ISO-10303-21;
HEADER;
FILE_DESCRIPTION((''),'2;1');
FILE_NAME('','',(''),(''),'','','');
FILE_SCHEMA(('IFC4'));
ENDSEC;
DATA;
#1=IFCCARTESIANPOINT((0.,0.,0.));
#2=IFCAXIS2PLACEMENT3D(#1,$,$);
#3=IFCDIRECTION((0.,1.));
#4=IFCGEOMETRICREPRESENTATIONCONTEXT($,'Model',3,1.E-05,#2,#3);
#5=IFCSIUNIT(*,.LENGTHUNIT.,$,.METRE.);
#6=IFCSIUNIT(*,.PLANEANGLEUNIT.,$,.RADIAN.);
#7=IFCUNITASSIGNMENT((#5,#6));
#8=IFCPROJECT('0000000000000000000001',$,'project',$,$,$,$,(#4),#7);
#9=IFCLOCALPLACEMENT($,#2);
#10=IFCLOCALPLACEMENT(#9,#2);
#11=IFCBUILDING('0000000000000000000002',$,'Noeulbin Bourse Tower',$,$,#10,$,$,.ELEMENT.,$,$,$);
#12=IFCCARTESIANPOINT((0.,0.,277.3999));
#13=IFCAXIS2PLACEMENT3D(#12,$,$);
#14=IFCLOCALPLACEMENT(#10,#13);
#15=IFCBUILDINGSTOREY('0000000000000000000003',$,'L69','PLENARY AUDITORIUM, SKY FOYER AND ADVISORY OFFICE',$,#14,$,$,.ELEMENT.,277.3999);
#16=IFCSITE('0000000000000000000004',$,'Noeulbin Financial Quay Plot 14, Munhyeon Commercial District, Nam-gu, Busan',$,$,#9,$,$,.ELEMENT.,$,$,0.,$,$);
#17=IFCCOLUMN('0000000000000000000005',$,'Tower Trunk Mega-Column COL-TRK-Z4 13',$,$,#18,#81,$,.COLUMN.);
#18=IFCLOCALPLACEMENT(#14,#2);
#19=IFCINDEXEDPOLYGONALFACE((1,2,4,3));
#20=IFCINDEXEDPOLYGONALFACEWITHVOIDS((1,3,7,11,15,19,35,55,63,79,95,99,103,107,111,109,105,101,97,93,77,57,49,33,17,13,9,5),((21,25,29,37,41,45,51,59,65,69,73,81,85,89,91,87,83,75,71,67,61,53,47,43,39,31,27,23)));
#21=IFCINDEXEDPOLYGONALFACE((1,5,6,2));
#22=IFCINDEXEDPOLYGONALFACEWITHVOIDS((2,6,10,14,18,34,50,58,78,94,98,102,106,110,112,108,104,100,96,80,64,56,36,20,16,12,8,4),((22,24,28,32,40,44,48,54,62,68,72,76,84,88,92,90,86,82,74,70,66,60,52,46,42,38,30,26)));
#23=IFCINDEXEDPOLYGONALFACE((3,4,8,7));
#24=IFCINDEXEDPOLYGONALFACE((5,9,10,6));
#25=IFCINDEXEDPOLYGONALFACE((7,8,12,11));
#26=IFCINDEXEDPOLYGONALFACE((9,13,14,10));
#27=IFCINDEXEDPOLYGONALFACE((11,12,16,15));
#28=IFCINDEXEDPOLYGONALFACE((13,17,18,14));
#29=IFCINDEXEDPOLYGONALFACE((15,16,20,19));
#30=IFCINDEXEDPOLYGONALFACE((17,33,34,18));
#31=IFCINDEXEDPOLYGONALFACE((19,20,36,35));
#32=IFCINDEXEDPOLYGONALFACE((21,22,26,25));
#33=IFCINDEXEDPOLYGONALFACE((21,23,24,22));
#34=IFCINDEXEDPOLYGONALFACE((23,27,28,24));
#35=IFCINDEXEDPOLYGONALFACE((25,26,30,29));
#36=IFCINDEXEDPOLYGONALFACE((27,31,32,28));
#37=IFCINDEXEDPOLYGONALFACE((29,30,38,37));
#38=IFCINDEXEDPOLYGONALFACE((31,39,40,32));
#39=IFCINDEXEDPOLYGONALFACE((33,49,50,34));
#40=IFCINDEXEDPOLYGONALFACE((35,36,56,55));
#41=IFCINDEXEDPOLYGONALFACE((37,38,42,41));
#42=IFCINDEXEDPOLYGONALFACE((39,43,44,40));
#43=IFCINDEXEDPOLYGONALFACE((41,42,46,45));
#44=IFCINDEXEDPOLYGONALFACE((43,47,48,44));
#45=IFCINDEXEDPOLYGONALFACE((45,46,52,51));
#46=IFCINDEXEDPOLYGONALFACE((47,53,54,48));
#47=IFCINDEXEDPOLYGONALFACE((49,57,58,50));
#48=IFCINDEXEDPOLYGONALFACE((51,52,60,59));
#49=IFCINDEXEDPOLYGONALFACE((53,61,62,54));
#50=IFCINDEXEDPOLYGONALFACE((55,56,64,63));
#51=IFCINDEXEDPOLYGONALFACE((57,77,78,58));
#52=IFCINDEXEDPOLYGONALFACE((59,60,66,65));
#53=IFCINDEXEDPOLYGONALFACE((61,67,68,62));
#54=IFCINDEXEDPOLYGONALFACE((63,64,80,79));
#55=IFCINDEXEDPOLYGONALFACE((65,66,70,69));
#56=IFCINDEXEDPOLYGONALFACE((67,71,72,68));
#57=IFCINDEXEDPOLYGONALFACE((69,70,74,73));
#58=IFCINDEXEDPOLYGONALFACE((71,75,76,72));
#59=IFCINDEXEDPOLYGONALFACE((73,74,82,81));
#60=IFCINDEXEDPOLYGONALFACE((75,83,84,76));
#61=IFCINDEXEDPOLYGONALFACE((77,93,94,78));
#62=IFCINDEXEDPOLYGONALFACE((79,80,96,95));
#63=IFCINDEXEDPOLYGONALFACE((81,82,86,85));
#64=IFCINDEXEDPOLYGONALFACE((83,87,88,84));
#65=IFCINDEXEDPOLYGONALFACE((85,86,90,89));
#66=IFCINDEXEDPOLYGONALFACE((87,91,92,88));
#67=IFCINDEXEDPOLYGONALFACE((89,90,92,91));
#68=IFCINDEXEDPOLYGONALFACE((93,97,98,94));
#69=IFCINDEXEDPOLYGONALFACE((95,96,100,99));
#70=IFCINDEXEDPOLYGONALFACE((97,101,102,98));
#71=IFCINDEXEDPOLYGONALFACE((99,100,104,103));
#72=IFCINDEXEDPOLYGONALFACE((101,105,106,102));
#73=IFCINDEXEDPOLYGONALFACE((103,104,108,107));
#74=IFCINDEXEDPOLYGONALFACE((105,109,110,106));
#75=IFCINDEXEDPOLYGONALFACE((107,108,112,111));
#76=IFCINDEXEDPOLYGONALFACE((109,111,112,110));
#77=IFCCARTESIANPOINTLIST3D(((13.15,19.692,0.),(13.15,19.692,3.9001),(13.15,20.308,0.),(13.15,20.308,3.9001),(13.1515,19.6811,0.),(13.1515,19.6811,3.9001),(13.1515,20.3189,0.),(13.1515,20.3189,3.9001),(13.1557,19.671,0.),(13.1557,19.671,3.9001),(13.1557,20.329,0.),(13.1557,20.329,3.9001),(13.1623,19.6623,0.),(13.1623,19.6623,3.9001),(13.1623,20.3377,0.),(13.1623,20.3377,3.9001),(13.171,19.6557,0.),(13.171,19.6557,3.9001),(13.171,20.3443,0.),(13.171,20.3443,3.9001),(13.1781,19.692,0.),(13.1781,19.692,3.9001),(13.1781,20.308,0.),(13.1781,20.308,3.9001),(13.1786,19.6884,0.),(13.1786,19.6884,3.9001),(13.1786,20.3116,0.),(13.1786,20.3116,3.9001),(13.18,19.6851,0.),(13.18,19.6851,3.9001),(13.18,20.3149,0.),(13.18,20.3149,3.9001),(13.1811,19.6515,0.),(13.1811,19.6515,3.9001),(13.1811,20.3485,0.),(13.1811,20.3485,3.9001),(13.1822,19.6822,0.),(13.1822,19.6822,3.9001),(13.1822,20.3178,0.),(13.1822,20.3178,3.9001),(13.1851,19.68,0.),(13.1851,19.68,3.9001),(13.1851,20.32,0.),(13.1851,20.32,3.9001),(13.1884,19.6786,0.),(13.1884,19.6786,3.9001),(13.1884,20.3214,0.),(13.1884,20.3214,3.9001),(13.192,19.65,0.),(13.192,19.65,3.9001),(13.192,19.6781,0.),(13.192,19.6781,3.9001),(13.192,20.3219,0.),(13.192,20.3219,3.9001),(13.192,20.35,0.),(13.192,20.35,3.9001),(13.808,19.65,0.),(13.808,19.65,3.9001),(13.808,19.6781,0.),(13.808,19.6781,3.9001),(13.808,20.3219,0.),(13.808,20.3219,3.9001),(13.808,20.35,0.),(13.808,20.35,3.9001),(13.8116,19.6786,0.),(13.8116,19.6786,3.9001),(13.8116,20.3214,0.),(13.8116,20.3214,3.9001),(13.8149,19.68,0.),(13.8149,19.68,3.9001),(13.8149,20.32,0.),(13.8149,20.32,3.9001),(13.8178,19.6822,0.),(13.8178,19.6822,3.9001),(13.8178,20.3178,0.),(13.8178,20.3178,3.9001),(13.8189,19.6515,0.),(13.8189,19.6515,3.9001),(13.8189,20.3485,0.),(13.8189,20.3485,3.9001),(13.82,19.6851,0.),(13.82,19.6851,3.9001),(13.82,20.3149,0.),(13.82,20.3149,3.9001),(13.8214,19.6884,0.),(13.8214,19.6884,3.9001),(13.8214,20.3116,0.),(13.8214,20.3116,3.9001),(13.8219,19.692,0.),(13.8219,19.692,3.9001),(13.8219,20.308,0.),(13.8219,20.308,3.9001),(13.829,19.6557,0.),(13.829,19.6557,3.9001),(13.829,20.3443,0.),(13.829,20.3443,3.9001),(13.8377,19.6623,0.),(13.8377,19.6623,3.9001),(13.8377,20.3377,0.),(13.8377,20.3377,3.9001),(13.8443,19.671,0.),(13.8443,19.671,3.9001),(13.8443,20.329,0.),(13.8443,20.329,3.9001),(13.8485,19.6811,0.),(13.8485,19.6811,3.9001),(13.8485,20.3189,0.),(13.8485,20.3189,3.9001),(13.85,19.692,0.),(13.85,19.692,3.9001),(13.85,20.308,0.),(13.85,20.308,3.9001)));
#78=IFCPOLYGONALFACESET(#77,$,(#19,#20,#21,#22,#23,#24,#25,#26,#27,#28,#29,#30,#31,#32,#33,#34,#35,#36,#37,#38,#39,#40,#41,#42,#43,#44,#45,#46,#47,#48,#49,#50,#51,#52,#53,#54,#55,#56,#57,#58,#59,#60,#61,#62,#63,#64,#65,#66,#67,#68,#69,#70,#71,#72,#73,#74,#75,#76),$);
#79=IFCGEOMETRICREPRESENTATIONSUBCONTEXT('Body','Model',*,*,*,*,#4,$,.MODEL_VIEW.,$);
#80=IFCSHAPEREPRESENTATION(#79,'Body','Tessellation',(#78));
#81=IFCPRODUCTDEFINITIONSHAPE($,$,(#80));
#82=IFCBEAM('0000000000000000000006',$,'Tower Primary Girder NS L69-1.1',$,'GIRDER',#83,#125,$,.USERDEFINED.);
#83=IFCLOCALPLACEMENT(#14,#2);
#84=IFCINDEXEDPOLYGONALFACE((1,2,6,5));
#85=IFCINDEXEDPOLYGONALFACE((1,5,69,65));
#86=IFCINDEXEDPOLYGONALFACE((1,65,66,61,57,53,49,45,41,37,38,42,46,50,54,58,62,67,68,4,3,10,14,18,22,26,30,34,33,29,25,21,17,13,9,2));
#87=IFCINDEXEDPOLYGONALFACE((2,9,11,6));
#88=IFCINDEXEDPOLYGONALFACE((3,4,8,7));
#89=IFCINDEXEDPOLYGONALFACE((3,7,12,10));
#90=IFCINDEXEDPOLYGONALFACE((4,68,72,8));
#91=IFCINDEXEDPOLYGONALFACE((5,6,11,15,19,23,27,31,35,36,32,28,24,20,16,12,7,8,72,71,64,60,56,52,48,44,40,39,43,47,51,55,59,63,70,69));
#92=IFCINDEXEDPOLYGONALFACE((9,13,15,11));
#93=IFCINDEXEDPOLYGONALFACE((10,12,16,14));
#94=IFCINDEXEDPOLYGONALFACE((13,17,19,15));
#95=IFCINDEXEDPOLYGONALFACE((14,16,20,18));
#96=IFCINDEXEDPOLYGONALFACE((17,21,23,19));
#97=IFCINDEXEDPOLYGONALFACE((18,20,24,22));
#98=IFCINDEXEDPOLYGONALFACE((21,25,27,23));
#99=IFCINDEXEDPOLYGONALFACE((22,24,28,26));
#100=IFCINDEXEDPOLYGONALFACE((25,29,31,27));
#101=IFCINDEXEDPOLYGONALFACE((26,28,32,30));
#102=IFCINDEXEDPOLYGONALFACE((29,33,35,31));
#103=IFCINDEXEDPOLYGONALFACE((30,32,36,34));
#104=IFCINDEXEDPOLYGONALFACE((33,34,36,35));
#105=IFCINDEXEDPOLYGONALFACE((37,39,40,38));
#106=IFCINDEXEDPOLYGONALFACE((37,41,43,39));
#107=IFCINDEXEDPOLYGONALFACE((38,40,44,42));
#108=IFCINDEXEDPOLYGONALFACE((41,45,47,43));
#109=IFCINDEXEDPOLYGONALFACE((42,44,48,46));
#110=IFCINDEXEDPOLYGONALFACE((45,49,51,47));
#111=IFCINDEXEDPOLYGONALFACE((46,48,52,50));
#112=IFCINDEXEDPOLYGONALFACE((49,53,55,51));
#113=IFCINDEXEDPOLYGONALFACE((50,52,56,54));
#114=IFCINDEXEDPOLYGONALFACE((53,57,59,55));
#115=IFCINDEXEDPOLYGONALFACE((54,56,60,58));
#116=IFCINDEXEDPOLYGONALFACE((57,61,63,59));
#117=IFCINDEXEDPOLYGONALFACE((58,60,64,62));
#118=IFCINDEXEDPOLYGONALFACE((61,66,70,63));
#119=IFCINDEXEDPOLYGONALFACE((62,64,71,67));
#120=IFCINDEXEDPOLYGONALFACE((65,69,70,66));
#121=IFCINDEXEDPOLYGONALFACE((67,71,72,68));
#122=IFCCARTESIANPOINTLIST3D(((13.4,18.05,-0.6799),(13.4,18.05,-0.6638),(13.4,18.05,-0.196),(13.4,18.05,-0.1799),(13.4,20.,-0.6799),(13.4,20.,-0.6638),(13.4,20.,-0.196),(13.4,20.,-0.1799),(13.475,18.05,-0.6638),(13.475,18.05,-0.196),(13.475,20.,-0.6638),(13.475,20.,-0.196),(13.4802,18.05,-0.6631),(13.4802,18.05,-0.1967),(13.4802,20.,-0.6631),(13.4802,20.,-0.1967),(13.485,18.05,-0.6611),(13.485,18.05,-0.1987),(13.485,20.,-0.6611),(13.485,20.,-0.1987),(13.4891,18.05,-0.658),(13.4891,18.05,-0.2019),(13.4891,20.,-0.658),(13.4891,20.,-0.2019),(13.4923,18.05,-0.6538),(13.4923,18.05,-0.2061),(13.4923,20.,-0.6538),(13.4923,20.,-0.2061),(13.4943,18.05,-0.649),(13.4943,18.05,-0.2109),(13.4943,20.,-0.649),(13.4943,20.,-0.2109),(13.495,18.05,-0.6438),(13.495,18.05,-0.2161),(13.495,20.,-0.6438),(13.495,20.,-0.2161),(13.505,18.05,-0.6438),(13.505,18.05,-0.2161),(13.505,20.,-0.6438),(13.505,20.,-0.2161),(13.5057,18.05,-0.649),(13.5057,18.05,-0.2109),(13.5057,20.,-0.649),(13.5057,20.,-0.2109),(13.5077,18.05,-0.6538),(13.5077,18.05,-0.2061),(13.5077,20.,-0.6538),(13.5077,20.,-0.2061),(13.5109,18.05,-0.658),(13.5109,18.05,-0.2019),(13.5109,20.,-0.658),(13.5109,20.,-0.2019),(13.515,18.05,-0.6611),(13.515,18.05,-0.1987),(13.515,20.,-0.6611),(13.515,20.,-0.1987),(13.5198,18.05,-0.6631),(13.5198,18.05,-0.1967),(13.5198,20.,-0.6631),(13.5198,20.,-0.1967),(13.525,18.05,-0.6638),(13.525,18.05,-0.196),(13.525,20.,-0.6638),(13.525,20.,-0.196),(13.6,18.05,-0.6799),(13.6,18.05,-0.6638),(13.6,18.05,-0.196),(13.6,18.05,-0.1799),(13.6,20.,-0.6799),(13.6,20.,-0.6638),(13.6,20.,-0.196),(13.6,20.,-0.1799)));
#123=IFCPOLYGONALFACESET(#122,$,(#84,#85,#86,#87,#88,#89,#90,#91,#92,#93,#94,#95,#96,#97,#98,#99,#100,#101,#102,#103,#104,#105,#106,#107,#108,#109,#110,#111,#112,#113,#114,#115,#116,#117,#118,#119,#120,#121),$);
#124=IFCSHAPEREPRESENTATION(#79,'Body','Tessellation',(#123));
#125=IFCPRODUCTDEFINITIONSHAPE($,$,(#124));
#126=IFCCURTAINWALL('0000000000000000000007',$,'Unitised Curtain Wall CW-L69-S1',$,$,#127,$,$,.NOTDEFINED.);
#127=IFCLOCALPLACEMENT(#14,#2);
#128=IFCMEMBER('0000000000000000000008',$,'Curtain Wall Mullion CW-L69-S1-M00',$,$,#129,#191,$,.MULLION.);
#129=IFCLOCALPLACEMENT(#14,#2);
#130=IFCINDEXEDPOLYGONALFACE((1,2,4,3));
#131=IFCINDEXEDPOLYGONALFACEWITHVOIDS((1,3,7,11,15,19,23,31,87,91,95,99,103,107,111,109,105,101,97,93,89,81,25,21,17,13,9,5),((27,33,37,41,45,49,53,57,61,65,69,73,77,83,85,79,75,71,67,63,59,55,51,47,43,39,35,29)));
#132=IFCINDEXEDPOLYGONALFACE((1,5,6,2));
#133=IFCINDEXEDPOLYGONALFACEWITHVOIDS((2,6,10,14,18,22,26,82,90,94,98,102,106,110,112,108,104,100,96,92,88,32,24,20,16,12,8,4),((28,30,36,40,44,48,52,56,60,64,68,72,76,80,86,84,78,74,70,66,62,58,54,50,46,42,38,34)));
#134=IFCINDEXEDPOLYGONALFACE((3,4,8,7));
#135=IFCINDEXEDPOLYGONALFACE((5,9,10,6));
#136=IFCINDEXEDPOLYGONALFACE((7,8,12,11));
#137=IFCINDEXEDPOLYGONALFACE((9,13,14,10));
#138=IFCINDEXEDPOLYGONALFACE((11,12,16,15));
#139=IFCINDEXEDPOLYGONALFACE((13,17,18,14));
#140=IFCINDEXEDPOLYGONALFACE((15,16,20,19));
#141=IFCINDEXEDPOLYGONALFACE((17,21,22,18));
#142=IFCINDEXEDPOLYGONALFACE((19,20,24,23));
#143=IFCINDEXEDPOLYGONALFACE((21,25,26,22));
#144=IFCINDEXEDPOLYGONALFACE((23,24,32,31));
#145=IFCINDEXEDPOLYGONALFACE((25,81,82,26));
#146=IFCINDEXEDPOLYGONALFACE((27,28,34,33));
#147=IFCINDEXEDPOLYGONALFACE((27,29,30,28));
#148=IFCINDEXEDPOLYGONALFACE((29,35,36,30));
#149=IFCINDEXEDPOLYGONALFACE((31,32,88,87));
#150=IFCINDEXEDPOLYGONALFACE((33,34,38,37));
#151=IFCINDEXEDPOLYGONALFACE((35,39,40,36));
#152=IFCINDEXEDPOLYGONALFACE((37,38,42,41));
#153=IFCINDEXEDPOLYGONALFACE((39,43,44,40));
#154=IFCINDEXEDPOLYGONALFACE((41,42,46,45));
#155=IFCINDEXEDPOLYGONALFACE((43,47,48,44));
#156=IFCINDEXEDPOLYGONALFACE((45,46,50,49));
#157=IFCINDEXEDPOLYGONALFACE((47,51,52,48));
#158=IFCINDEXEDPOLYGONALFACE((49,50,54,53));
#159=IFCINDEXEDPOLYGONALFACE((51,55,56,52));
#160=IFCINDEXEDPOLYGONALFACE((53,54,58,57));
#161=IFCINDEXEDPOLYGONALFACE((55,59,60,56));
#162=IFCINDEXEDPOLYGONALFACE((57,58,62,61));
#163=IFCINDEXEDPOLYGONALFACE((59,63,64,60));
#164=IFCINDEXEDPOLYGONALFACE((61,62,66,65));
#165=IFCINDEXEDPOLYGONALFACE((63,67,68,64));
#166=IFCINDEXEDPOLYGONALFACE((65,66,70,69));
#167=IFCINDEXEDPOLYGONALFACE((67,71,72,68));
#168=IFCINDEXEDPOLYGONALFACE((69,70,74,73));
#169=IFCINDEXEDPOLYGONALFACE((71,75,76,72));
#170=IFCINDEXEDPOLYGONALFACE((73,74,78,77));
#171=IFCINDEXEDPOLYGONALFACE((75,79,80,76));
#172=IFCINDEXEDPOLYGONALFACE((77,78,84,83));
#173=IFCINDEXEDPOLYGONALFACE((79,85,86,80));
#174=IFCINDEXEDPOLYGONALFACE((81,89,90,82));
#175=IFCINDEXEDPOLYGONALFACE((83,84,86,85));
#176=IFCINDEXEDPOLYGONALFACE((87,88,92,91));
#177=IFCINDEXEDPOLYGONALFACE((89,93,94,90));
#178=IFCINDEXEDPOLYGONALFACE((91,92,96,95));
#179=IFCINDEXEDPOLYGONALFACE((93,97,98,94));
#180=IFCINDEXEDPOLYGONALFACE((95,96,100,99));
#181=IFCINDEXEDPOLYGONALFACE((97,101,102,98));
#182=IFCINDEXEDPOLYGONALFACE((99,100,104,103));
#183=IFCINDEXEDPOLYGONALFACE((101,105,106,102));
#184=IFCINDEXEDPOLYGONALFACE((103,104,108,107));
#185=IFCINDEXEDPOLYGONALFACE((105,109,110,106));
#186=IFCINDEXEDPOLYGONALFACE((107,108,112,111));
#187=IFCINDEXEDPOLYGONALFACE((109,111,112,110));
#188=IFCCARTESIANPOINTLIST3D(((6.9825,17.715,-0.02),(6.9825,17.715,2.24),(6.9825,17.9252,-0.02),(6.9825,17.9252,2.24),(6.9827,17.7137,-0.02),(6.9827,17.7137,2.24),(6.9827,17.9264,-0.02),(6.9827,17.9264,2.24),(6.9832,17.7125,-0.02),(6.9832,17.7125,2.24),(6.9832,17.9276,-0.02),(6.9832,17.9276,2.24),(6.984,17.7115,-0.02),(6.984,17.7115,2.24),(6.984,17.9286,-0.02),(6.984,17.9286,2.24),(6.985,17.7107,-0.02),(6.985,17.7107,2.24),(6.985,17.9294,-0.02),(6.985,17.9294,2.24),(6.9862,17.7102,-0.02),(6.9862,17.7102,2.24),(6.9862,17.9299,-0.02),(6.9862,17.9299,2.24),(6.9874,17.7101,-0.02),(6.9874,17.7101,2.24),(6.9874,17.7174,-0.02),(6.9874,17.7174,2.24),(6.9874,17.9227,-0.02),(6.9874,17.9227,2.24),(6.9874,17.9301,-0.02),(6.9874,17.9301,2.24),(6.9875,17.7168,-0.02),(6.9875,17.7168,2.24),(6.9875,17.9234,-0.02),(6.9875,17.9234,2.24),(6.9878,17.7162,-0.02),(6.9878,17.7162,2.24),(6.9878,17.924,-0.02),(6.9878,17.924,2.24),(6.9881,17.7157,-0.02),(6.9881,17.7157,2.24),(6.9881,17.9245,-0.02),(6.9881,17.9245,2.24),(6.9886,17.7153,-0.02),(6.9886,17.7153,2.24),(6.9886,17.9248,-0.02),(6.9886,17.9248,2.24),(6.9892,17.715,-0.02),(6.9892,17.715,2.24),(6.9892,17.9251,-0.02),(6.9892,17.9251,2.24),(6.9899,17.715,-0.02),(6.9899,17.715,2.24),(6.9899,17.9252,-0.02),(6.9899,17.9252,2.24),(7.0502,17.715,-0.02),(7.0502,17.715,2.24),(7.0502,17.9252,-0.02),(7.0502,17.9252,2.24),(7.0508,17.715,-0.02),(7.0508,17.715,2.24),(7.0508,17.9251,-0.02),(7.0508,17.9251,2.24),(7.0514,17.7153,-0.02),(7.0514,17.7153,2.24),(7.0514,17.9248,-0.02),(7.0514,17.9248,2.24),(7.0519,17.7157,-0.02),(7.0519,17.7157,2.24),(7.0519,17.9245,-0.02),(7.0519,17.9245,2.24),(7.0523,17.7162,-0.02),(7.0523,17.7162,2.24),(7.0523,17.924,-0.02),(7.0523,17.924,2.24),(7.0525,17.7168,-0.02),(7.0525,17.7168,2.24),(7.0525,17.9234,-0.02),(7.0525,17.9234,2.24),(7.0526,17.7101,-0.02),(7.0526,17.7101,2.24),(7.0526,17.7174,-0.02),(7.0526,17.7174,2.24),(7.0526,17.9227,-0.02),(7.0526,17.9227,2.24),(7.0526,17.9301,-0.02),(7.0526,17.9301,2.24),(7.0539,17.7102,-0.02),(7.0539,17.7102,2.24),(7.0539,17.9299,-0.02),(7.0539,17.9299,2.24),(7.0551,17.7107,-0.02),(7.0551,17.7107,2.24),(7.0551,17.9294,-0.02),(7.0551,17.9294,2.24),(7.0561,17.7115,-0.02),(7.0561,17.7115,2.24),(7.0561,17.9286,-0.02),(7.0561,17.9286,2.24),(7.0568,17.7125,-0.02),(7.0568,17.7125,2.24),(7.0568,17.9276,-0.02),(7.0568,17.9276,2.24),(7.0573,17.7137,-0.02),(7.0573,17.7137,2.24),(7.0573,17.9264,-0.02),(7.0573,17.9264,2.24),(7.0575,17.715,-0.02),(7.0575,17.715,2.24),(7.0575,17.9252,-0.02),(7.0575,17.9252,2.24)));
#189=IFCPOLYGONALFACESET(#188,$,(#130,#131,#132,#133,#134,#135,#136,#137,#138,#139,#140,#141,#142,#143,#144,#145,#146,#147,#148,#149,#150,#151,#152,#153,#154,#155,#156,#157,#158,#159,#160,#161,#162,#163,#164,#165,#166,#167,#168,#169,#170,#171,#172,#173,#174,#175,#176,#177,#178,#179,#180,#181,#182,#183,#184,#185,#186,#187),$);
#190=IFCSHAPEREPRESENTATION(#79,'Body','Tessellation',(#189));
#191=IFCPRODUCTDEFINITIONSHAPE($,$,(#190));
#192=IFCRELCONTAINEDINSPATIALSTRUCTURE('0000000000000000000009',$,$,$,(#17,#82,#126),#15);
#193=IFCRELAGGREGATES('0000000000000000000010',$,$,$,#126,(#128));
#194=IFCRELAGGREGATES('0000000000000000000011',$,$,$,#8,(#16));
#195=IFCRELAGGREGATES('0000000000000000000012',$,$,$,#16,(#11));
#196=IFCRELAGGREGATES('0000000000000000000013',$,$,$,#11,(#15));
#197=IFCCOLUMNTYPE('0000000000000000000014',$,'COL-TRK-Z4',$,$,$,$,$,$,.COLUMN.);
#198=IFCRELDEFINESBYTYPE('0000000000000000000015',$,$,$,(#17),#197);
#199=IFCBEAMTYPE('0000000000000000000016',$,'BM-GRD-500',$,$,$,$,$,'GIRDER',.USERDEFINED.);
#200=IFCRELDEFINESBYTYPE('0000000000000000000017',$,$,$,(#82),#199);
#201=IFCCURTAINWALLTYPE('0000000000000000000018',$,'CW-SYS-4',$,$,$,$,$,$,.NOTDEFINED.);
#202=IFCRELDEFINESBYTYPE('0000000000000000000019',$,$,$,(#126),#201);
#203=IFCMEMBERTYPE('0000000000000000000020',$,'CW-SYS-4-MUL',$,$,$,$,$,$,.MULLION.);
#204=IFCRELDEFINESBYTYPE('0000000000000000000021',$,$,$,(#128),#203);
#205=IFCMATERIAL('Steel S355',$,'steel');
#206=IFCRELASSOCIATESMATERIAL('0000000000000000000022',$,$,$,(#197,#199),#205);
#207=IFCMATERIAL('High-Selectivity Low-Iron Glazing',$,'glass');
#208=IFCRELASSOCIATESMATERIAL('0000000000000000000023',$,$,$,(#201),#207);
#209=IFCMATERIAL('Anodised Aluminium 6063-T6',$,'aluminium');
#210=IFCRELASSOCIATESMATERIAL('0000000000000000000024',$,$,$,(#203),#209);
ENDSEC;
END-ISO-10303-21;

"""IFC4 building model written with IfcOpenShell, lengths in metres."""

from ifc_helpers import new_model, si_unit, direction, frame, origin, origin_2d, place, context, subcontext, project, spatial, hollow_rectangle, i_section, extrude, material, material_profile, profile_set, type_object, element, aggregate, save


model = new_model("IFC4")

# Units and contexts
model_context = context("Model", 3, precision=1e-05, world=origin(), true_north=direction((0.0, 1.0)))
body_context = subcontext(model_context, "Body", "Model", "MODEL_VIEW")
ifc_project = project(units=[si_unit("LENGTHUNIT", "METRE"), si_unit("PLANEANGLEUNIT", "RADIAN")], contexts=[model_context])

# Site, building, storey
site_placement = place(None, origin())
site = spatial("IfcSite", under=ifc_project, at=site_placement, Name="Noeulbin Financial Quay Plot 14, Munhyeon Commercial District, Nam-gu, Busan", CompositionType="ELEMENT", RefElevation=0.0)
building_placement = place(site_placement, origin())
building = spatial("IfcBuilding", under=site, at=building_placement, Name="Noeulbin Bourse Tower", CompositionType="ELEMENT")
storey_placement = place(building_placement, frame((0.0, 0.0, 277.3999)))
storey = spatial("IfcBuildingStorey", under=building, at=storey_placement, Name="L69", Description="PLENARY AUDITORIUM, SKY FOYER AND ADVISORY OFFICE", CompositionType="ELEMENT", Elevation=277.3999)

# Column
ifc_material_1 = material(Name="Steel S355", Category="steel")
ifc_material_profile_1 = material_profile(ifc_material_1, hollow_rectangle(XDim=0.7, YDim=0.7, WallThickness=0.0281, InnerFilletRadius=0.0139, OuterFilletRadius=0.042, at=origin_2d()), Name="BOX-700x700x28", Category="LoadBearing")
ifc_profile_set_1 = profile_set([ifc_material_profile_1], Name="Steel S355")
column_type = type_object("IfcColumnType", Name="COL-TRK-Z4", PredefinedType="COLUMN", material=ifc_profile_set_1)
column_placement = place(storey_placement, frame((13.5, 20.0, 0.0), z_axis=(0.0, 0.0, 1.0), x_axis=(1.0, 0.0, 0.0)))
element("IfcColumn", 1, at=column_placement, inside=storey, type_object=column_type, Name="Tower Trunk Mega-Column COL-TRK-Z4 13", PredefinedType="COLUMN", context=body_context, shape_type="SweptSolid", body=[
    extrude(hollow_rectangle(XDim=0.7, YDim=0.7, WallThickness=0.0281, InnerFilletRadius=0.0139, OuterFilletRadius=0.042, at=origin_2d()), origin(), (0.0, 0.0, 1.0), 3.9001),
])

# Beam
ifc_material_profile_2 = material_profile(ifc_material_1, i_section(OverallWidth=0.2, OverallDepth=0.5, WebThickness=0.01, FlangeThickness=0.0161, FilletRadius=0.02, at=origin_2d()), Name="H-500x200x10x16", Category="LoadBearing")
ifc_profile_set_2 = profile_set([ifc_material_profile_2], Name="Steel S355")
beam_type = type_object("IfcBeamType", Name="BM-GRD-500", ElementType="GIRDER", PredefinedType="USERDEFINED", material=ifc_profile_set_2)
beam_placement = place(storey_placement, frame((13.5, 18.05, -0.4299), z_axis=(0.0, 1.0, 0.0), x_axis=(-1.0, 0.0, 0.0)))
element("IfcBeam", 2, at=beam_placement, inside=storey, type_object=beam_type, Name="Tower Primary Girder NS L69-1.1", ObjectType="GIRDER", PredefinedType="USERDEFINED", context=body_context, shape_type="SweptSolid", body=[
    extrude(i_section(OverallWidth=0.2, OverallDepth=0.5, WebThickness=0.01, FlangeThickness=0.0161, FilletRadius=0.02, at=origin_2d()), origin(), (0.0, 0.0, 1.0), 1.95),
])

# Curtain wall, member
ifc_material_2 = material(Name="High-Selectivity Low-Iron Glazing", Category="glass")
curtain_wall_type = type_object("IfcCurtainWallType", Name="CW-SYS-4", PredefinedType="NOTDEFINED", material=ifc_material_2)
curtain_wall_placement = place(storey_placement, origin())
curtain_wall = element("IfcCurtainWall", 3, at=curtain_wall_placement, inside=storey, type_object=curtain_wall_type, Name="Unitised Curtain Wall CW-L69-S1", PredefinedType="NOTDEFINED")
ifc_material_3 = material(Name="Anodised Aluminium 6063-T6", Category="aluminium")
ifc_material_profile_3 = material_profile(ifc_material_3, hollow_rectangle(XDim=0.075, YDim=0.22, WallThickness=0.0049, InnerFilletRadius=0.0024, OuterFilletRadius=0.0049, at=origin_2d()), Name="ALU-MULL-75x220x5", Category="LoadBearing")
ifc_profile_set_3 = profile_set([ifc_material_profile_3], Name="Anodised Aluminium 6063-T6")
member_type_1 = type_object("IfcMemberType", Name="CW-SYS-4-MUL", PredefinedType="MULLION", material=ifc_profile_set_3)
member_1_placement = place(storey_placement, frame((7.02, 17.8201, -0.02), z_axis=(0.0, 0.0, 1.0), x_axis=(1.0, 0.0, 0.0)))
member_1 = element("IfcMember", 4, at=member_1_placement, type_object=member_type_1, Name="Curtain Wall Mullion CW-L69-S1-M00", PredefinedType="MULLION", context=body_context, shape_type="SweptSolid", body=[
    extrude(hollow_rectangle(XDim=0.075, YDim=0.22, WallThickness=0.0049, InnerFilletRadius=0.0024, OuterFilletRadius=0.0049, at=origin_2d()), origin(), (0.0, 0.0, 1.0), 2.26),
])
aggregate(curtain_wall, [member_1])

save(model, "model.ifc")
